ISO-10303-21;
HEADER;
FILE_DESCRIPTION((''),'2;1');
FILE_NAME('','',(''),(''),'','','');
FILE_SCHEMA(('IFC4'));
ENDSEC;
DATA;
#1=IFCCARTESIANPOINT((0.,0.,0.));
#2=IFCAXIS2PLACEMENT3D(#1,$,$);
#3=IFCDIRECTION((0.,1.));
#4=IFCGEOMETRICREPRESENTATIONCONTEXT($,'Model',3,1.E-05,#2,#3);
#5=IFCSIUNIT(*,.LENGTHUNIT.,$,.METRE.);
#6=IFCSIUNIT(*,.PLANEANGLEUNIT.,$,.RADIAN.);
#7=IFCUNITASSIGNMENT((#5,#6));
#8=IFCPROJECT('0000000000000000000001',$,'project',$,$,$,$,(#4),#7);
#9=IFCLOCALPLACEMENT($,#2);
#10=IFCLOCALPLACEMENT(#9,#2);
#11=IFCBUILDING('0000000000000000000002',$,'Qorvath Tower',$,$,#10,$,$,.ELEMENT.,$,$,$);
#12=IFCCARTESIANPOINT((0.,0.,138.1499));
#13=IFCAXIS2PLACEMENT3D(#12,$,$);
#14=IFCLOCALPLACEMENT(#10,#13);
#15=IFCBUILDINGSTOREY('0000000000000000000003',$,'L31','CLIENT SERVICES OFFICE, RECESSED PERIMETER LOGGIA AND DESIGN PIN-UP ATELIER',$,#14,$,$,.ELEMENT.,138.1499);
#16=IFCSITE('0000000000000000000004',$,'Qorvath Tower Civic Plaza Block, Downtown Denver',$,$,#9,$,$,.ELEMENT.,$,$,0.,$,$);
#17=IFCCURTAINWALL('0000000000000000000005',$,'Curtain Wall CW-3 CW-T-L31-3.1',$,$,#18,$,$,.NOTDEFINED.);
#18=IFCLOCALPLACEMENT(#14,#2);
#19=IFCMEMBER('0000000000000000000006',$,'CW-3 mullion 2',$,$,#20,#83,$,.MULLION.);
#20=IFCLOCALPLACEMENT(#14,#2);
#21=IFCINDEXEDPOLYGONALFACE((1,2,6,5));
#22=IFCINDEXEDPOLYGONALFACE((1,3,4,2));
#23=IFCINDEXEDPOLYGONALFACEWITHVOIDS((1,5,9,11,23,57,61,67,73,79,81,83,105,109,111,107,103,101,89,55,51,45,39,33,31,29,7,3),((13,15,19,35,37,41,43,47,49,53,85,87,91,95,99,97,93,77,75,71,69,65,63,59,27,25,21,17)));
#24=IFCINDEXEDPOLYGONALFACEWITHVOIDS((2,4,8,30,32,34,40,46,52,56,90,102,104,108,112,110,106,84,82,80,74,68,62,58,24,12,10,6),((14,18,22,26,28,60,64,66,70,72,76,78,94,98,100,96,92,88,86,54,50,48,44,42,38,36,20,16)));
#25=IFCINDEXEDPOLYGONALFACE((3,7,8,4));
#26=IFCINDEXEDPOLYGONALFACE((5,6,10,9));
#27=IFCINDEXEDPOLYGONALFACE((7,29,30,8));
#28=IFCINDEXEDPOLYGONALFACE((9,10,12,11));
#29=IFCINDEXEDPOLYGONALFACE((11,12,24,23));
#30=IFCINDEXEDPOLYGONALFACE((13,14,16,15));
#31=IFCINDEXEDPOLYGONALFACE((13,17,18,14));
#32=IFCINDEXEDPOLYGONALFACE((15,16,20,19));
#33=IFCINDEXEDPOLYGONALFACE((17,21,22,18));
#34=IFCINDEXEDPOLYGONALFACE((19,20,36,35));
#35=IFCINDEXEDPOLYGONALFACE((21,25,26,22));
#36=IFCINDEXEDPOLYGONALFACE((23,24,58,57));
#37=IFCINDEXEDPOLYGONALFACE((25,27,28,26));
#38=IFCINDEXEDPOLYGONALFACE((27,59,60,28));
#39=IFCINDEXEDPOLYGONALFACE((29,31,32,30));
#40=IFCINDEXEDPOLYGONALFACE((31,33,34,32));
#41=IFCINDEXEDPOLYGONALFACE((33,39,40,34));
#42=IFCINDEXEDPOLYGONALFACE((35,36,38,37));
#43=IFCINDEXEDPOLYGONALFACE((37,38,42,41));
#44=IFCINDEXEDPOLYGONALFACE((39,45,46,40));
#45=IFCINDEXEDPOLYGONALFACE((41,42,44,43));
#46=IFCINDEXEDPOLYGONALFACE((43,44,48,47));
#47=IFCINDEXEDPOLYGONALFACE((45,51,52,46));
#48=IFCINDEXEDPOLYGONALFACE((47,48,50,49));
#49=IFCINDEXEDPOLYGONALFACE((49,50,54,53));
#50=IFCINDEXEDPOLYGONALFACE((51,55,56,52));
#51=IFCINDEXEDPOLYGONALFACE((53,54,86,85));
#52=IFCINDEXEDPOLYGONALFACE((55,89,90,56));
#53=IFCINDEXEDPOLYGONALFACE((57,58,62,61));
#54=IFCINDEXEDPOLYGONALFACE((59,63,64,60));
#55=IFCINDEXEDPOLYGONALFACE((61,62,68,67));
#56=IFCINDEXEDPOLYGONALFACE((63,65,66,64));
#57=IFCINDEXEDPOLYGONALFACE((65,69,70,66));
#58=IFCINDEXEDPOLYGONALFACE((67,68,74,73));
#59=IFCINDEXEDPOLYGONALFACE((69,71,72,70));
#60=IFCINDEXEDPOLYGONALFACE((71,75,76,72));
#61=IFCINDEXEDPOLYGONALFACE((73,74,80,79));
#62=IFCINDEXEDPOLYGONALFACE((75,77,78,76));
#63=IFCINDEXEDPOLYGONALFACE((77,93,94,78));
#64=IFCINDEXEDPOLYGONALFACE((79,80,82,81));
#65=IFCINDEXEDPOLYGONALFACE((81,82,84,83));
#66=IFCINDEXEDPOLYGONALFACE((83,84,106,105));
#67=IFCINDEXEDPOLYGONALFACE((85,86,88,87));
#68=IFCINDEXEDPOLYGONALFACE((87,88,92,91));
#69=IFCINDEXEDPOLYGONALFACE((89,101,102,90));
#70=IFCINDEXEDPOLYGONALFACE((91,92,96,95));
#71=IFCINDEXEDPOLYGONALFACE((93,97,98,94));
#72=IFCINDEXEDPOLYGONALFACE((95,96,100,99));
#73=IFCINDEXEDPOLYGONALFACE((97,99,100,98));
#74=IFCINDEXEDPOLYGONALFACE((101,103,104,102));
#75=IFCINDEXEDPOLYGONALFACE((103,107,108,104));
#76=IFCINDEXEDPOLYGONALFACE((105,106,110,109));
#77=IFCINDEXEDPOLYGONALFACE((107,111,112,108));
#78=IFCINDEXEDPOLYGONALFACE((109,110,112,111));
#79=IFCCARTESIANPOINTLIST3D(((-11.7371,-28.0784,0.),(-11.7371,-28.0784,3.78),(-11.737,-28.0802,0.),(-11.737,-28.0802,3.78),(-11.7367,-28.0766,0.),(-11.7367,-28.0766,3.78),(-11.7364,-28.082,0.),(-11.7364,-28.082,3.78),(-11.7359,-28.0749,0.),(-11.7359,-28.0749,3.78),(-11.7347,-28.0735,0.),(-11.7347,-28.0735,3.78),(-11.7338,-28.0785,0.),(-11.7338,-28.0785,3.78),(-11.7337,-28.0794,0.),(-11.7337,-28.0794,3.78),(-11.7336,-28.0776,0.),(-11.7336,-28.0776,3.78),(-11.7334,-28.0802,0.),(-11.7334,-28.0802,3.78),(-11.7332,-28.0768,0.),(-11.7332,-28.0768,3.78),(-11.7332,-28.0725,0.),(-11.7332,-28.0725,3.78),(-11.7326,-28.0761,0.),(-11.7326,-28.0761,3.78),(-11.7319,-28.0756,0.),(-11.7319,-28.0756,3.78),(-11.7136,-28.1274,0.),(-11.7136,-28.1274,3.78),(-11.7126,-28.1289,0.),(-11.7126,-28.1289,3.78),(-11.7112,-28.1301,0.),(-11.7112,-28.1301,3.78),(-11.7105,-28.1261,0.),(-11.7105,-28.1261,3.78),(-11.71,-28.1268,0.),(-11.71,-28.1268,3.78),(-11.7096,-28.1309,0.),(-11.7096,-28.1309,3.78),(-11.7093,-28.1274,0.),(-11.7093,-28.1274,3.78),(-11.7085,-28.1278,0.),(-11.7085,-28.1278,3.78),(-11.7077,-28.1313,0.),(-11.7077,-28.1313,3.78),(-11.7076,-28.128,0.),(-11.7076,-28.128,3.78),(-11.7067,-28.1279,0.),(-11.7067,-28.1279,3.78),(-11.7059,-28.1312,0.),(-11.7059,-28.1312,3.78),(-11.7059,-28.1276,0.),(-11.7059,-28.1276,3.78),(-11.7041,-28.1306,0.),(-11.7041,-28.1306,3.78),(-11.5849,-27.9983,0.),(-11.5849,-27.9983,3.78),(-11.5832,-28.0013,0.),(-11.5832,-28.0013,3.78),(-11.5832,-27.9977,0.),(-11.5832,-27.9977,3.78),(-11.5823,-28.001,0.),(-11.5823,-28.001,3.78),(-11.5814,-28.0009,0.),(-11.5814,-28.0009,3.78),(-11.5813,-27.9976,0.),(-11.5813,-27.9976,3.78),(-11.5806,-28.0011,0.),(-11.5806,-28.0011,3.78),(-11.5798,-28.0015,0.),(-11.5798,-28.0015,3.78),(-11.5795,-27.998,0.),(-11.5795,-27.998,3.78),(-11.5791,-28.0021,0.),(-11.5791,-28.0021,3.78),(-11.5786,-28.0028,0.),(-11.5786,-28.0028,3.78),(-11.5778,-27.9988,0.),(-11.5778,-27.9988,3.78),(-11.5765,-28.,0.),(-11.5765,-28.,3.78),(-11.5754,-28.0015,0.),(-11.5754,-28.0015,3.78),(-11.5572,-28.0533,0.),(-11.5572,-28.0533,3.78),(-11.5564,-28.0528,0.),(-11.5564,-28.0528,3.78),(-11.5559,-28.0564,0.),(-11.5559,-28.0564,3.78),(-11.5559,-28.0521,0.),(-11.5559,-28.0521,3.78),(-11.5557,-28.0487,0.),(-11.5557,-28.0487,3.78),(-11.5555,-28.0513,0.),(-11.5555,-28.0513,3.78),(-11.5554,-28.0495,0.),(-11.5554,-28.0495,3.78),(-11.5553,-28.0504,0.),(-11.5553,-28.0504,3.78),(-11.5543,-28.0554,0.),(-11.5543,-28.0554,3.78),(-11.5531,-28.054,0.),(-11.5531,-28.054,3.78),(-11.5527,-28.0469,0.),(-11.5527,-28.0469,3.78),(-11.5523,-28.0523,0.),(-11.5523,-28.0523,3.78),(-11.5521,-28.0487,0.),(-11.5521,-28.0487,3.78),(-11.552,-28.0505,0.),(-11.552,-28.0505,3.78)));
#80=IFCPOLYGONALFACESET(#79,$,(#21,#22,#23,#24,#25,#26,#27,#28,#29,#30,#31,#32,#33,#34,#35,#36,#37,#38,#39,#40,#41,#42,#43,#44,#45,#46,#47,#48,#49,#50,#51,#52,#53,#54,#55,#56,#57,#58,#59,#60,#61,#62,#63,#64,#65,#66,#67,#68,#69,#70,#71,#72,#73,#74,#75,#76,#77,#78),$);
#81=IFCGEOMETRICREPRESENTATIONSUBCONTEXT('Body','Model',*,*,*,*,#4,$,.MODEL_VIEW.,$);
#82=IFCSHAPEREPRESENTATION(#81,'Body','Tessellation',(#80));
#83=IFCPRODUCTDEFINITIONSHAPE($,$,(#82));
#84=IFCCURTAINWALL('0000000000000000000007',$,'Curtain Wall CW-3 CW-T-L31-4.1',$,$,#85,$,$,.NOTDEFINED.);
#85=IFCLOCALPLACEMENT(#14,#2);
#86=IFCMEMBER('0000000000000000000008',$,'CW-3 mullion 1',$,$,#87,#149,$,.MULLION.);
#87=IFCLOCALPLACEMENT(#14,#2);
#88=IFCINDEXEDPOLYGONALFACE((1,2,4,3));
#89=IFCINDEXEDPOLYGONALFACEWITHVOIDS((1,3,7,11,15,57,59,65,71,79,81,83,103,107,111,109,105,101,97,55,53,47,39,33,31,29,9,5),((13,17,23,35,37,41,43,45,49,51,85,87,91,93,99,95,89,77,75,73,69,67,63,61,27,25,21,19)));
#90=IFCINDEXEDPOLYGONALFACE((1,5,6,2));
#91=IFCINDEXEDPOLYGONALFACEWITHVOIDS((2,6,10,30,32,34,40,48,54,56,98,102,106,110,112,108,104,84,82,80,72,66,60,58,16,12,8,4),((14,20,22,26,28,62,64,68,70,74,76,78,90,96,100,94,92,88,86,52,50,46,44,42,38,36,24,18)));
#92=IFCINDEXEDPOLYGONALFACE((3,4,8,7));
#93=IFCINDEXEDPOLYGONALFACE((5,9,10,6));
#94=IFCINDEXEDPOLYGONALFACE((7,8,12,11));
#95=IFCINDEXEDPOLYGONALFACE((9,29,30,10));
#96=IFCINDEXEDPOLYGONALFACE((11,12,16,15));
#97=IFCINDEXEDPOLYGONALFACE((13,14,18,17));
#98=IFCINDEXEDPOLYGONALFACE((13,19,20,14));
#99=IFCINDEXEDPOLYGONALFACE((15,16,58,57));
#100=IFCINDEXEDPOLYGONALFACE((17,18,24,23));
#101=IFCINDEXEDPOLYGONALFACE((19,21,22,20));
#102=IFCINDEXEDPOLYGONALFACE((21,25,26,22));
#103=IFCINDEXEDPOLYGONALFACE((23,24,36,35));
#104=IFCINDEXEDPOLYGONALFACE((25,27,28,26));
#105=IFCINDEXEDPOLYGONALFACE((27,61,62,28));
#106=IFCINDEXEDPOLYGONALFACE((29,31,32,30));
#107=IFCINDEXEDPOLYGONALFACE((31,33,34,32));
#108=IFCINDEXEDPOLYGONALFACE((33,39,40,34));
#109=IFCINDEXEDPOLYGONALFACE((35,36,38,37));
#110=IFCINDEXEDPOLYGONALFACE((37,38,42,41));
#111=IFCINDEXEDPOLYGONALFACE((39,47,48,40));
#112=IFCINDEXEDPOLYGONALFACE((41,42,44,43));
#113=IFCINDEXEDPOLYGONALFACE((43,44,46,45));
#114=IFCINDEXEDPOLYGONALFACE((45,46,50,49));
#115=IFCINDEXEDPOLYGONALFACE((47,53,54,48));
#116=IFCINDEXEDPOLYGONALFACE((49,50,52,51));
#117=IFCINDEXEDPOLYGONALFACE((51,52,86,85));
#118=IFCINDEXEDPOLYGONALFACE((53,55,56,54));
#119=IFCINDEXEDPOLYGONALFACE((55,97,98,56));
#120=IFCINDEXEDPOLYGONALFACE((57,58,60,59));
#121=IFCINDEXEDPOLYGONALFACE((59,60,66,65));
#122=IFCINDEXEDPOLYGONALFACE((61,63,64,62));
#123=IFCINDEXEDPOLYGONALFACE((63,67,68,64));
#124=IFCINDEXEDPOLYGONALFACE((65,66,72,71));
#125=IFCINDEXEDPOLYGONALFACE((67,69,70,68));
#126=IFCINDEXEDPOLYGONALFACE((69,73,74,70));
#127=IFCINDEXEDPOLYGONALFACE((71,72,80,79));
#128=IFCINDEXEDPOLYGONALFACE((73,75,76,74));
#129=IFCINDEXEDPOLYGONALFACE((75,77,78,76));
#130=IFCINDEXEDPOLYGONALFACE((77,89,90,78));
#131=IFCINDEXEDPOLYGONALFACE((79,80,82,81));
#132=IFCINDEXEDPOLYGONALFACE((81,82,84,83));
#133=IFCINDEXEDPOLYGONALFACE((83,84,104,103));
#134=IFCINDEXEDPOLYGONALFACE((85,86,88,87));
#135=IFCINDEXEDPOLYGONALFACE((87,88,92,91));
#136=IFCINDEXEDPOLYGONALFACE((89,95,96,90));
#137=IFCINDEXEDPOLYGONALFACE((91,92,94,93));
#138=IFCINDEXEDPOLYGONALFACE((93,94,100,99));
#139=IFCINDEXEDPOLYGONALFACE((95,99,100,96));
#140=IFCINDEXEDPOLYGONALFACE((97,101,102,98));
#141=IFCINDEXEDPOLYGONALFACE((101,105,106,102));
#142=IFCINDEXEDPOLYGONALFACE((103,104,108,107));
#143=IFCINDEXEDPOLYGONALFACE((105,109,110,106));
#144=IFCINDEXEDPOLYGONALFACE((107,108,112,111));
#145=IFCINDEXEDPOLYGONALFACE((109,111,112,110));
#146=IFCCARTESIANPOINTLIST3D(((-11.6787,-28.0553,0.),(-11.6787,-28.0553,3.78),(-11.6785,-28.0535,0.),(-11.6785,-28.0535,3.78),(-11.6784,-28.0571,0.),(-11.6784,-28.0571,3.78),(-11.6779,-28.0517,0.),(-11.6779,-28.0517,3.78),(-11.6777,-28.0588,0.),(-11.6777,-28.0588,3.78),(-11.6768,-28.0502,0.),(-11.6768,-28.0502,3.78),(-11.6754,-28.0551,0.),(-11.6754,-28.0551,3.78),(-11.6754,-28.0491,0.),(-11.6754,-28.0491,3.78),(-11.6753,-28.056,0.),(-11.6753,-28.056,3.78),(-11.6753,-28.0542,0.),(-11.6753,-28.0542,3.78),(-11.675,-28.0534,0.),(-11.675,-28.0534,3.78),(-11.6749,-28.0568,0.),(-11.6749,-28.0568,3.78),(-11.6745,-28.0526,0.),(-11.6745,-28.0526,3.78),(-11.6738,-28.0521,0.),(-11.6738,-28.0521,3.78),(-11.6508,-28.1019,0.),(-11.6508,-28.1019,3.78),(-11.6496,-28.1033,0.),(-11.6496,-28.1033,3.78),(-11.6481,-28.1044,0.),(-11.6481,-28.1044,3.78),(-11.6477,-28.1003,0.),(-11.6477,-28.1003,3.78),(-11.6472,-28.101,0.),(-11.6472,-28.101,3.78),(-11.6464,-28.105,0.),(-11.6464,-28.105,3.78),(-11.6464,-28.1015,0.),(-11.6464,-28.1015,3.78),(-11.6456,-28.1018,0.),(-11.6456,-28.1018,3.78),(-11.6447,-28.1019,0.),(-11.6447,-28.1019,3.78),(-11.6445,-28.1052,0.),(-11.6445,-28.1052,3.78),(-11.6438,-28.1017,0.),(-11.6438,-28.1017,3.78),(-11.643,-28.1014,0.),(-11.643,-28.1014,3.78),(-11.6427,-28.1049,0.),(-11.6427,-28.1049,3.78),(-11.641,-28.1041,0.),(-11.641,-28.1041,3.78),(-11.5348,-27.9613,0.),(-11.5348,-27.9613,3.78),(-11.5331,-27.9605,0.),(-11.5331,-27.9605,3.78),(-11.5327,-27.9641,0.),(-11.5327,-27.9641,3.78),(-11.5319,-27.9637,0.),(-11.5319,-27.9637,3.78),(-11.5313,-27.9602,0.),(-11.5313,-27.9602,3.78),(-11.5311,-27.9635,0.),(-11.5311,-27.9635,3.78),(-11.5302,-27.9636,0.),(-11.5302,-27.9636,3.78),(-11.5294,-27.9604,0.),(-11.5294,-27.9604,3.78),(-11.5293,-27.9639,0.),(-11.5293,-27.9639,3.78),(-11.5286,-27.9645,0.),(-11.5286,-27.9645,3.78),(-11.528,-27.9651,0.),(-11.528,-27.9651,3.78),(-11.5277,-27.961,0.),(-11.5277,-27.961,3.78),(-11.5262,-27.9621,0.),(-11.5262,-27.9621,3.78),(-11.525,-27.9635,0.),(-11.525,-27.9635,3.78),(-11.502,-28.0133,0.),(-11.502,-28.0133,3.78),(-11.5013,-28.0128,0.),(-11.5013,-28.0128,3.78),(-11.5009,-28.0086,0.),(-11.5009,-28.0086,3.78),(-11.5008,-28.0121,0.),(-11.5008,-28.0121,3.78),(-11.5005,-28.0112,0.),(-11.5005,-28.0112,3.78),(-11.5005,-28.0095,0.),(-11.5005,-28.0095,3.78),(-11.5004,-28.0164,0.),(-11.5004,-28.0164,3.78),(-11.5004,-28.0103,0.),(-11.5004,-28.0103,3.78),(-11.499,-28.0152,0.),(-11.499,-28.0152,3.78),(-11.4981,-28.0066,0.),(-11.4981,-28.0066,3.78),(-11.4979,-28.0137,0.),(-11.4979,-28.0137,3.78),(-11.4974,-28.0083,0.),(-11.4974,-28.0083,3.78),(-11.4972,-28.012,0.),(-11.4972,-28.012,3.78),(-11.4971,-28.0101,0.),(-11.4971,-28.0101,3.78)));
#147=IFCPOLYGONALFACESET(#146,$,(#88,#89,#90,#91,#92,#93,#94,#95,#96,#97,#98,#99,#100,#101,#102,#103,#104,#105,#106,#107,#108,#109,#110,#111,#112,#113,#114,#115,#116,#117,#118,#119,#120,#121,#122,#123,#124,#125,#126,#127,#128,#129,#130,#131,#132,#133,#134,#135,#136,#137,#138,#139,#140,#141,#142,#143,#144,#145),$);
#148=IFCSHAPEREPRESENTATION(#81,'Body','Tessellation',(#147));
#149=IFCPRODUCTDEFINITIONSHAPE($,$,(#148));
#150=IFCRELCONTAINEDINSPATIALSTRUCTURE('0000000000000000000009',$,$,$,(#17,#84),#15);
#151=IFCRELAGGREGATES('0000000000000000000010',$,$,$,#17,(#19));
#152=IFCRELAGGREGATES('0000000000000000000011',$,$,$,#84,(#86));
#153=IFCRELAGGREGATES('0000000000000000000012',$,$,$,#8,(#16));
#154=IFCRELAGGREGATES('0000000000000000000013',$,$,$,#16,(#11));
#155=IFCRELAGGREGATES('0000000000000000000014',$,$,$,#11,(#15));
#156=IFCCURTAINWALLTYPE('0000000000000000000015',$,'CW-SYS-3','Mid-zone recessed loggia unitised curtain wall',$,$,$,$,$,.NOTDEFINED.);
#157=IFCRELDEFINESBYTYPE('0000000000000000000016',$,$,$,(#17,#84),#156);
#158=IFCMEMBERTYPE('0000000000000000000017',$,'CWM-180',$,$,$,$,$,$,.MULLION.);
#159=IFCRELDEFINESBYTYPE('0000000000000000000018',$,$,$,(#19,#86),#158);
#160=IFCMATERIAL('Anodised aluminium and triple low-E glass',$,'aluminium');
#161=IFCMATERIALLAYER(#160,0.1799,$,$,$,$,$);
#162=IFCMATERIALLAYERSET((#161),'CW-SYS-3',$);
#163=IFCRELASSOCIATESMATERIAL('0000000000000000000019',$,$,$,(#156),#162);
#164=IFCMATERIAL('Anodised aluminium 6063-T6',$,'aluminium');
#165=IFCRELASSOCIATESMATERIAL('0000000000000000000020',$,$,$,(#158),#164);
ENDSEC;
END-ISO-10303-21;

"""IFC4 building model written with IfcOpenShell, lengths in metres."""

from ifc_helpers import new_model, si_unit, direction, frame, origin, origin_2d, place, context, subcontext, project, spatial, hollow_rectangle, extrude, material, layer, layer_set, material_profile, profile_set, type_object, element, aggregate, save


model = new_model("IFC4")

# Units and contexts
model_context = context("Model", 3, precision=1e-05, world=origin(), true_north=direction((0.0, 1.0)))
body_context = subcontext(model_context, "Body", "Model", "MODEL_VIEW")
ifc_project = project(units=[si_unit("LENGTHUNIT", "METRE"), si_unit("PLANEANGLEUNIT", "RADIAN")], contexts=[model_context])

# Site, building, storey
site_placement = place(None, origin())
site = spatial("IfcSite", under=ifc_project, at=site_placement, Name="Qorvath Tower Civic Plaza Block, Downtown Denver", CompositionType="ELEMENT", RefElevation=0.0)
building_placement = place(site_placement, origin())
building = spatial("IfcBuilding", under=site, at=building_placement, Name="Qorvath Tower", CompositionType="ELEMENT")
storey_placement = place(building_placement, frame((0.0, 0.0, 138.1499)))
storey = spatial("IfcBuildingStorey", under=building, at=storey_placement, Name="L31", Description="CLIENT SERVICES OFFICE, RECESSED PERIMETER LOGGIA AND DESIGN PIN-UP ATELIER", CompositionType="ELEMENT", Elevation=138.1499)

# Curtain wall, member
ifc_material_1 = material(Name="Anodised aluminium and triple low-E glass", Category="aluminium")
ifc_layer_1 = layer(ifc_material_1, 0.1799)
ifc_layer_set_1 = layer_set([ifc_layer_1], Name="CW-SYS-3")
curtain_wall_type = type_object("IfcCurtainWallType", Name="CW-SYS-3", Description="Mid-zone recessed loggia unitised curtain wall", PredefinedType="NOTDEFINED", material=ifc_layer_set_1)
curtain_wall_1_placement = place(storey_placement, origin())
curtain_wall_1 = element("IfcCurtainWall", 1, at=curtain_wall_1_placement, inside=storey, type_object=curtain_wall_type, Name="Curtain Wall CW-3 CW-T-L31-3.1", PredefinedType="NOTDEFINED")
ifc_material_2 = material(Name="Anodised aluminium 6063-T6", Category="aluminium")
ifc_material_profile_1 = material_profile(ifc_material_2, hollow_rectangle(XDim=0.0649, YDim=0.1799, WallThickness=0.0034, InnerFilletRadius=0.0034, OuterFilletRadius=0.0071, at=origin_2d()), Name="CWM 180x65")
ifc_profile_set_1 = profile_set([ifc_material_profile_1], Name="Anodised aluminium 6063-T6")
member_type_1 = type_object("IfcMemberType", Name="CWM-180", PredefinedType="MULLION", material=ifc_profile_set_1)
member_1_placement = place(storey_placement, frame((-11.6445, -28.0645, 0.0), z_axis=(0.0, 0.0, 1.0), x_axis=(-0.447214, 0.894427, 0.0)))
member_1 = element("IfcMember", 2, at=member_1_placement, type_object=member_type_1, Name="CW-3 mullion 2", PredefinedType="MULLION", context=body_context, shape_type="SweptSolid", body=[
    extrude(hollow_rectangle(XDim=0.0649, YDim=0.1799, WallThickness=0.0034, InnerFilletRadius=0.0034, OuterFilletRadius=0.0071, at=origin_2d()), origin(), (0.0, 0.0, 1.0), 3.78),
])
aggregate(curtain_wall_1, [member_1])

# Curtain wall, member
curtain_wall_2_placement = place(storey_placement, origin())
curtain_wall_2 = element("IfcCurtainWall", 3, at=curtain_wall_2_placement, inside=storey, type_object=curtain_wall_type, Name="Curtain Wall CW-3 CW-T-L31-4.1", PredefinedType="NOTDEFINED")
member_2_placement = place(storey_placement, frame((-11.5879, -28.0327, 0.0), z_axis=(0.0, 0.0, 1.0), x_axis=(-0.52944, 0.848347, 0.0)))
member_2 = element("IfcMember", 4, at=member_2_placement, type_object=member_type_1, Name="CW-3 mullion 1", PredefinedType="MULLION", context=body_context, shape_type="SweptSolid", body=[
    extrude(hollow_rectangle(XDim=0.0649, YDim=0.1799, WallThickness=0.0034, InnerFilletRadius=0.0034, OuterFilletRadius=0.0071, at=origin_2d()), origin(), (0.0, 0.0, 1.0), 3.78),
])

aggregate(curtain_wall_2, [member_2])

save(model, "model.ifc")
